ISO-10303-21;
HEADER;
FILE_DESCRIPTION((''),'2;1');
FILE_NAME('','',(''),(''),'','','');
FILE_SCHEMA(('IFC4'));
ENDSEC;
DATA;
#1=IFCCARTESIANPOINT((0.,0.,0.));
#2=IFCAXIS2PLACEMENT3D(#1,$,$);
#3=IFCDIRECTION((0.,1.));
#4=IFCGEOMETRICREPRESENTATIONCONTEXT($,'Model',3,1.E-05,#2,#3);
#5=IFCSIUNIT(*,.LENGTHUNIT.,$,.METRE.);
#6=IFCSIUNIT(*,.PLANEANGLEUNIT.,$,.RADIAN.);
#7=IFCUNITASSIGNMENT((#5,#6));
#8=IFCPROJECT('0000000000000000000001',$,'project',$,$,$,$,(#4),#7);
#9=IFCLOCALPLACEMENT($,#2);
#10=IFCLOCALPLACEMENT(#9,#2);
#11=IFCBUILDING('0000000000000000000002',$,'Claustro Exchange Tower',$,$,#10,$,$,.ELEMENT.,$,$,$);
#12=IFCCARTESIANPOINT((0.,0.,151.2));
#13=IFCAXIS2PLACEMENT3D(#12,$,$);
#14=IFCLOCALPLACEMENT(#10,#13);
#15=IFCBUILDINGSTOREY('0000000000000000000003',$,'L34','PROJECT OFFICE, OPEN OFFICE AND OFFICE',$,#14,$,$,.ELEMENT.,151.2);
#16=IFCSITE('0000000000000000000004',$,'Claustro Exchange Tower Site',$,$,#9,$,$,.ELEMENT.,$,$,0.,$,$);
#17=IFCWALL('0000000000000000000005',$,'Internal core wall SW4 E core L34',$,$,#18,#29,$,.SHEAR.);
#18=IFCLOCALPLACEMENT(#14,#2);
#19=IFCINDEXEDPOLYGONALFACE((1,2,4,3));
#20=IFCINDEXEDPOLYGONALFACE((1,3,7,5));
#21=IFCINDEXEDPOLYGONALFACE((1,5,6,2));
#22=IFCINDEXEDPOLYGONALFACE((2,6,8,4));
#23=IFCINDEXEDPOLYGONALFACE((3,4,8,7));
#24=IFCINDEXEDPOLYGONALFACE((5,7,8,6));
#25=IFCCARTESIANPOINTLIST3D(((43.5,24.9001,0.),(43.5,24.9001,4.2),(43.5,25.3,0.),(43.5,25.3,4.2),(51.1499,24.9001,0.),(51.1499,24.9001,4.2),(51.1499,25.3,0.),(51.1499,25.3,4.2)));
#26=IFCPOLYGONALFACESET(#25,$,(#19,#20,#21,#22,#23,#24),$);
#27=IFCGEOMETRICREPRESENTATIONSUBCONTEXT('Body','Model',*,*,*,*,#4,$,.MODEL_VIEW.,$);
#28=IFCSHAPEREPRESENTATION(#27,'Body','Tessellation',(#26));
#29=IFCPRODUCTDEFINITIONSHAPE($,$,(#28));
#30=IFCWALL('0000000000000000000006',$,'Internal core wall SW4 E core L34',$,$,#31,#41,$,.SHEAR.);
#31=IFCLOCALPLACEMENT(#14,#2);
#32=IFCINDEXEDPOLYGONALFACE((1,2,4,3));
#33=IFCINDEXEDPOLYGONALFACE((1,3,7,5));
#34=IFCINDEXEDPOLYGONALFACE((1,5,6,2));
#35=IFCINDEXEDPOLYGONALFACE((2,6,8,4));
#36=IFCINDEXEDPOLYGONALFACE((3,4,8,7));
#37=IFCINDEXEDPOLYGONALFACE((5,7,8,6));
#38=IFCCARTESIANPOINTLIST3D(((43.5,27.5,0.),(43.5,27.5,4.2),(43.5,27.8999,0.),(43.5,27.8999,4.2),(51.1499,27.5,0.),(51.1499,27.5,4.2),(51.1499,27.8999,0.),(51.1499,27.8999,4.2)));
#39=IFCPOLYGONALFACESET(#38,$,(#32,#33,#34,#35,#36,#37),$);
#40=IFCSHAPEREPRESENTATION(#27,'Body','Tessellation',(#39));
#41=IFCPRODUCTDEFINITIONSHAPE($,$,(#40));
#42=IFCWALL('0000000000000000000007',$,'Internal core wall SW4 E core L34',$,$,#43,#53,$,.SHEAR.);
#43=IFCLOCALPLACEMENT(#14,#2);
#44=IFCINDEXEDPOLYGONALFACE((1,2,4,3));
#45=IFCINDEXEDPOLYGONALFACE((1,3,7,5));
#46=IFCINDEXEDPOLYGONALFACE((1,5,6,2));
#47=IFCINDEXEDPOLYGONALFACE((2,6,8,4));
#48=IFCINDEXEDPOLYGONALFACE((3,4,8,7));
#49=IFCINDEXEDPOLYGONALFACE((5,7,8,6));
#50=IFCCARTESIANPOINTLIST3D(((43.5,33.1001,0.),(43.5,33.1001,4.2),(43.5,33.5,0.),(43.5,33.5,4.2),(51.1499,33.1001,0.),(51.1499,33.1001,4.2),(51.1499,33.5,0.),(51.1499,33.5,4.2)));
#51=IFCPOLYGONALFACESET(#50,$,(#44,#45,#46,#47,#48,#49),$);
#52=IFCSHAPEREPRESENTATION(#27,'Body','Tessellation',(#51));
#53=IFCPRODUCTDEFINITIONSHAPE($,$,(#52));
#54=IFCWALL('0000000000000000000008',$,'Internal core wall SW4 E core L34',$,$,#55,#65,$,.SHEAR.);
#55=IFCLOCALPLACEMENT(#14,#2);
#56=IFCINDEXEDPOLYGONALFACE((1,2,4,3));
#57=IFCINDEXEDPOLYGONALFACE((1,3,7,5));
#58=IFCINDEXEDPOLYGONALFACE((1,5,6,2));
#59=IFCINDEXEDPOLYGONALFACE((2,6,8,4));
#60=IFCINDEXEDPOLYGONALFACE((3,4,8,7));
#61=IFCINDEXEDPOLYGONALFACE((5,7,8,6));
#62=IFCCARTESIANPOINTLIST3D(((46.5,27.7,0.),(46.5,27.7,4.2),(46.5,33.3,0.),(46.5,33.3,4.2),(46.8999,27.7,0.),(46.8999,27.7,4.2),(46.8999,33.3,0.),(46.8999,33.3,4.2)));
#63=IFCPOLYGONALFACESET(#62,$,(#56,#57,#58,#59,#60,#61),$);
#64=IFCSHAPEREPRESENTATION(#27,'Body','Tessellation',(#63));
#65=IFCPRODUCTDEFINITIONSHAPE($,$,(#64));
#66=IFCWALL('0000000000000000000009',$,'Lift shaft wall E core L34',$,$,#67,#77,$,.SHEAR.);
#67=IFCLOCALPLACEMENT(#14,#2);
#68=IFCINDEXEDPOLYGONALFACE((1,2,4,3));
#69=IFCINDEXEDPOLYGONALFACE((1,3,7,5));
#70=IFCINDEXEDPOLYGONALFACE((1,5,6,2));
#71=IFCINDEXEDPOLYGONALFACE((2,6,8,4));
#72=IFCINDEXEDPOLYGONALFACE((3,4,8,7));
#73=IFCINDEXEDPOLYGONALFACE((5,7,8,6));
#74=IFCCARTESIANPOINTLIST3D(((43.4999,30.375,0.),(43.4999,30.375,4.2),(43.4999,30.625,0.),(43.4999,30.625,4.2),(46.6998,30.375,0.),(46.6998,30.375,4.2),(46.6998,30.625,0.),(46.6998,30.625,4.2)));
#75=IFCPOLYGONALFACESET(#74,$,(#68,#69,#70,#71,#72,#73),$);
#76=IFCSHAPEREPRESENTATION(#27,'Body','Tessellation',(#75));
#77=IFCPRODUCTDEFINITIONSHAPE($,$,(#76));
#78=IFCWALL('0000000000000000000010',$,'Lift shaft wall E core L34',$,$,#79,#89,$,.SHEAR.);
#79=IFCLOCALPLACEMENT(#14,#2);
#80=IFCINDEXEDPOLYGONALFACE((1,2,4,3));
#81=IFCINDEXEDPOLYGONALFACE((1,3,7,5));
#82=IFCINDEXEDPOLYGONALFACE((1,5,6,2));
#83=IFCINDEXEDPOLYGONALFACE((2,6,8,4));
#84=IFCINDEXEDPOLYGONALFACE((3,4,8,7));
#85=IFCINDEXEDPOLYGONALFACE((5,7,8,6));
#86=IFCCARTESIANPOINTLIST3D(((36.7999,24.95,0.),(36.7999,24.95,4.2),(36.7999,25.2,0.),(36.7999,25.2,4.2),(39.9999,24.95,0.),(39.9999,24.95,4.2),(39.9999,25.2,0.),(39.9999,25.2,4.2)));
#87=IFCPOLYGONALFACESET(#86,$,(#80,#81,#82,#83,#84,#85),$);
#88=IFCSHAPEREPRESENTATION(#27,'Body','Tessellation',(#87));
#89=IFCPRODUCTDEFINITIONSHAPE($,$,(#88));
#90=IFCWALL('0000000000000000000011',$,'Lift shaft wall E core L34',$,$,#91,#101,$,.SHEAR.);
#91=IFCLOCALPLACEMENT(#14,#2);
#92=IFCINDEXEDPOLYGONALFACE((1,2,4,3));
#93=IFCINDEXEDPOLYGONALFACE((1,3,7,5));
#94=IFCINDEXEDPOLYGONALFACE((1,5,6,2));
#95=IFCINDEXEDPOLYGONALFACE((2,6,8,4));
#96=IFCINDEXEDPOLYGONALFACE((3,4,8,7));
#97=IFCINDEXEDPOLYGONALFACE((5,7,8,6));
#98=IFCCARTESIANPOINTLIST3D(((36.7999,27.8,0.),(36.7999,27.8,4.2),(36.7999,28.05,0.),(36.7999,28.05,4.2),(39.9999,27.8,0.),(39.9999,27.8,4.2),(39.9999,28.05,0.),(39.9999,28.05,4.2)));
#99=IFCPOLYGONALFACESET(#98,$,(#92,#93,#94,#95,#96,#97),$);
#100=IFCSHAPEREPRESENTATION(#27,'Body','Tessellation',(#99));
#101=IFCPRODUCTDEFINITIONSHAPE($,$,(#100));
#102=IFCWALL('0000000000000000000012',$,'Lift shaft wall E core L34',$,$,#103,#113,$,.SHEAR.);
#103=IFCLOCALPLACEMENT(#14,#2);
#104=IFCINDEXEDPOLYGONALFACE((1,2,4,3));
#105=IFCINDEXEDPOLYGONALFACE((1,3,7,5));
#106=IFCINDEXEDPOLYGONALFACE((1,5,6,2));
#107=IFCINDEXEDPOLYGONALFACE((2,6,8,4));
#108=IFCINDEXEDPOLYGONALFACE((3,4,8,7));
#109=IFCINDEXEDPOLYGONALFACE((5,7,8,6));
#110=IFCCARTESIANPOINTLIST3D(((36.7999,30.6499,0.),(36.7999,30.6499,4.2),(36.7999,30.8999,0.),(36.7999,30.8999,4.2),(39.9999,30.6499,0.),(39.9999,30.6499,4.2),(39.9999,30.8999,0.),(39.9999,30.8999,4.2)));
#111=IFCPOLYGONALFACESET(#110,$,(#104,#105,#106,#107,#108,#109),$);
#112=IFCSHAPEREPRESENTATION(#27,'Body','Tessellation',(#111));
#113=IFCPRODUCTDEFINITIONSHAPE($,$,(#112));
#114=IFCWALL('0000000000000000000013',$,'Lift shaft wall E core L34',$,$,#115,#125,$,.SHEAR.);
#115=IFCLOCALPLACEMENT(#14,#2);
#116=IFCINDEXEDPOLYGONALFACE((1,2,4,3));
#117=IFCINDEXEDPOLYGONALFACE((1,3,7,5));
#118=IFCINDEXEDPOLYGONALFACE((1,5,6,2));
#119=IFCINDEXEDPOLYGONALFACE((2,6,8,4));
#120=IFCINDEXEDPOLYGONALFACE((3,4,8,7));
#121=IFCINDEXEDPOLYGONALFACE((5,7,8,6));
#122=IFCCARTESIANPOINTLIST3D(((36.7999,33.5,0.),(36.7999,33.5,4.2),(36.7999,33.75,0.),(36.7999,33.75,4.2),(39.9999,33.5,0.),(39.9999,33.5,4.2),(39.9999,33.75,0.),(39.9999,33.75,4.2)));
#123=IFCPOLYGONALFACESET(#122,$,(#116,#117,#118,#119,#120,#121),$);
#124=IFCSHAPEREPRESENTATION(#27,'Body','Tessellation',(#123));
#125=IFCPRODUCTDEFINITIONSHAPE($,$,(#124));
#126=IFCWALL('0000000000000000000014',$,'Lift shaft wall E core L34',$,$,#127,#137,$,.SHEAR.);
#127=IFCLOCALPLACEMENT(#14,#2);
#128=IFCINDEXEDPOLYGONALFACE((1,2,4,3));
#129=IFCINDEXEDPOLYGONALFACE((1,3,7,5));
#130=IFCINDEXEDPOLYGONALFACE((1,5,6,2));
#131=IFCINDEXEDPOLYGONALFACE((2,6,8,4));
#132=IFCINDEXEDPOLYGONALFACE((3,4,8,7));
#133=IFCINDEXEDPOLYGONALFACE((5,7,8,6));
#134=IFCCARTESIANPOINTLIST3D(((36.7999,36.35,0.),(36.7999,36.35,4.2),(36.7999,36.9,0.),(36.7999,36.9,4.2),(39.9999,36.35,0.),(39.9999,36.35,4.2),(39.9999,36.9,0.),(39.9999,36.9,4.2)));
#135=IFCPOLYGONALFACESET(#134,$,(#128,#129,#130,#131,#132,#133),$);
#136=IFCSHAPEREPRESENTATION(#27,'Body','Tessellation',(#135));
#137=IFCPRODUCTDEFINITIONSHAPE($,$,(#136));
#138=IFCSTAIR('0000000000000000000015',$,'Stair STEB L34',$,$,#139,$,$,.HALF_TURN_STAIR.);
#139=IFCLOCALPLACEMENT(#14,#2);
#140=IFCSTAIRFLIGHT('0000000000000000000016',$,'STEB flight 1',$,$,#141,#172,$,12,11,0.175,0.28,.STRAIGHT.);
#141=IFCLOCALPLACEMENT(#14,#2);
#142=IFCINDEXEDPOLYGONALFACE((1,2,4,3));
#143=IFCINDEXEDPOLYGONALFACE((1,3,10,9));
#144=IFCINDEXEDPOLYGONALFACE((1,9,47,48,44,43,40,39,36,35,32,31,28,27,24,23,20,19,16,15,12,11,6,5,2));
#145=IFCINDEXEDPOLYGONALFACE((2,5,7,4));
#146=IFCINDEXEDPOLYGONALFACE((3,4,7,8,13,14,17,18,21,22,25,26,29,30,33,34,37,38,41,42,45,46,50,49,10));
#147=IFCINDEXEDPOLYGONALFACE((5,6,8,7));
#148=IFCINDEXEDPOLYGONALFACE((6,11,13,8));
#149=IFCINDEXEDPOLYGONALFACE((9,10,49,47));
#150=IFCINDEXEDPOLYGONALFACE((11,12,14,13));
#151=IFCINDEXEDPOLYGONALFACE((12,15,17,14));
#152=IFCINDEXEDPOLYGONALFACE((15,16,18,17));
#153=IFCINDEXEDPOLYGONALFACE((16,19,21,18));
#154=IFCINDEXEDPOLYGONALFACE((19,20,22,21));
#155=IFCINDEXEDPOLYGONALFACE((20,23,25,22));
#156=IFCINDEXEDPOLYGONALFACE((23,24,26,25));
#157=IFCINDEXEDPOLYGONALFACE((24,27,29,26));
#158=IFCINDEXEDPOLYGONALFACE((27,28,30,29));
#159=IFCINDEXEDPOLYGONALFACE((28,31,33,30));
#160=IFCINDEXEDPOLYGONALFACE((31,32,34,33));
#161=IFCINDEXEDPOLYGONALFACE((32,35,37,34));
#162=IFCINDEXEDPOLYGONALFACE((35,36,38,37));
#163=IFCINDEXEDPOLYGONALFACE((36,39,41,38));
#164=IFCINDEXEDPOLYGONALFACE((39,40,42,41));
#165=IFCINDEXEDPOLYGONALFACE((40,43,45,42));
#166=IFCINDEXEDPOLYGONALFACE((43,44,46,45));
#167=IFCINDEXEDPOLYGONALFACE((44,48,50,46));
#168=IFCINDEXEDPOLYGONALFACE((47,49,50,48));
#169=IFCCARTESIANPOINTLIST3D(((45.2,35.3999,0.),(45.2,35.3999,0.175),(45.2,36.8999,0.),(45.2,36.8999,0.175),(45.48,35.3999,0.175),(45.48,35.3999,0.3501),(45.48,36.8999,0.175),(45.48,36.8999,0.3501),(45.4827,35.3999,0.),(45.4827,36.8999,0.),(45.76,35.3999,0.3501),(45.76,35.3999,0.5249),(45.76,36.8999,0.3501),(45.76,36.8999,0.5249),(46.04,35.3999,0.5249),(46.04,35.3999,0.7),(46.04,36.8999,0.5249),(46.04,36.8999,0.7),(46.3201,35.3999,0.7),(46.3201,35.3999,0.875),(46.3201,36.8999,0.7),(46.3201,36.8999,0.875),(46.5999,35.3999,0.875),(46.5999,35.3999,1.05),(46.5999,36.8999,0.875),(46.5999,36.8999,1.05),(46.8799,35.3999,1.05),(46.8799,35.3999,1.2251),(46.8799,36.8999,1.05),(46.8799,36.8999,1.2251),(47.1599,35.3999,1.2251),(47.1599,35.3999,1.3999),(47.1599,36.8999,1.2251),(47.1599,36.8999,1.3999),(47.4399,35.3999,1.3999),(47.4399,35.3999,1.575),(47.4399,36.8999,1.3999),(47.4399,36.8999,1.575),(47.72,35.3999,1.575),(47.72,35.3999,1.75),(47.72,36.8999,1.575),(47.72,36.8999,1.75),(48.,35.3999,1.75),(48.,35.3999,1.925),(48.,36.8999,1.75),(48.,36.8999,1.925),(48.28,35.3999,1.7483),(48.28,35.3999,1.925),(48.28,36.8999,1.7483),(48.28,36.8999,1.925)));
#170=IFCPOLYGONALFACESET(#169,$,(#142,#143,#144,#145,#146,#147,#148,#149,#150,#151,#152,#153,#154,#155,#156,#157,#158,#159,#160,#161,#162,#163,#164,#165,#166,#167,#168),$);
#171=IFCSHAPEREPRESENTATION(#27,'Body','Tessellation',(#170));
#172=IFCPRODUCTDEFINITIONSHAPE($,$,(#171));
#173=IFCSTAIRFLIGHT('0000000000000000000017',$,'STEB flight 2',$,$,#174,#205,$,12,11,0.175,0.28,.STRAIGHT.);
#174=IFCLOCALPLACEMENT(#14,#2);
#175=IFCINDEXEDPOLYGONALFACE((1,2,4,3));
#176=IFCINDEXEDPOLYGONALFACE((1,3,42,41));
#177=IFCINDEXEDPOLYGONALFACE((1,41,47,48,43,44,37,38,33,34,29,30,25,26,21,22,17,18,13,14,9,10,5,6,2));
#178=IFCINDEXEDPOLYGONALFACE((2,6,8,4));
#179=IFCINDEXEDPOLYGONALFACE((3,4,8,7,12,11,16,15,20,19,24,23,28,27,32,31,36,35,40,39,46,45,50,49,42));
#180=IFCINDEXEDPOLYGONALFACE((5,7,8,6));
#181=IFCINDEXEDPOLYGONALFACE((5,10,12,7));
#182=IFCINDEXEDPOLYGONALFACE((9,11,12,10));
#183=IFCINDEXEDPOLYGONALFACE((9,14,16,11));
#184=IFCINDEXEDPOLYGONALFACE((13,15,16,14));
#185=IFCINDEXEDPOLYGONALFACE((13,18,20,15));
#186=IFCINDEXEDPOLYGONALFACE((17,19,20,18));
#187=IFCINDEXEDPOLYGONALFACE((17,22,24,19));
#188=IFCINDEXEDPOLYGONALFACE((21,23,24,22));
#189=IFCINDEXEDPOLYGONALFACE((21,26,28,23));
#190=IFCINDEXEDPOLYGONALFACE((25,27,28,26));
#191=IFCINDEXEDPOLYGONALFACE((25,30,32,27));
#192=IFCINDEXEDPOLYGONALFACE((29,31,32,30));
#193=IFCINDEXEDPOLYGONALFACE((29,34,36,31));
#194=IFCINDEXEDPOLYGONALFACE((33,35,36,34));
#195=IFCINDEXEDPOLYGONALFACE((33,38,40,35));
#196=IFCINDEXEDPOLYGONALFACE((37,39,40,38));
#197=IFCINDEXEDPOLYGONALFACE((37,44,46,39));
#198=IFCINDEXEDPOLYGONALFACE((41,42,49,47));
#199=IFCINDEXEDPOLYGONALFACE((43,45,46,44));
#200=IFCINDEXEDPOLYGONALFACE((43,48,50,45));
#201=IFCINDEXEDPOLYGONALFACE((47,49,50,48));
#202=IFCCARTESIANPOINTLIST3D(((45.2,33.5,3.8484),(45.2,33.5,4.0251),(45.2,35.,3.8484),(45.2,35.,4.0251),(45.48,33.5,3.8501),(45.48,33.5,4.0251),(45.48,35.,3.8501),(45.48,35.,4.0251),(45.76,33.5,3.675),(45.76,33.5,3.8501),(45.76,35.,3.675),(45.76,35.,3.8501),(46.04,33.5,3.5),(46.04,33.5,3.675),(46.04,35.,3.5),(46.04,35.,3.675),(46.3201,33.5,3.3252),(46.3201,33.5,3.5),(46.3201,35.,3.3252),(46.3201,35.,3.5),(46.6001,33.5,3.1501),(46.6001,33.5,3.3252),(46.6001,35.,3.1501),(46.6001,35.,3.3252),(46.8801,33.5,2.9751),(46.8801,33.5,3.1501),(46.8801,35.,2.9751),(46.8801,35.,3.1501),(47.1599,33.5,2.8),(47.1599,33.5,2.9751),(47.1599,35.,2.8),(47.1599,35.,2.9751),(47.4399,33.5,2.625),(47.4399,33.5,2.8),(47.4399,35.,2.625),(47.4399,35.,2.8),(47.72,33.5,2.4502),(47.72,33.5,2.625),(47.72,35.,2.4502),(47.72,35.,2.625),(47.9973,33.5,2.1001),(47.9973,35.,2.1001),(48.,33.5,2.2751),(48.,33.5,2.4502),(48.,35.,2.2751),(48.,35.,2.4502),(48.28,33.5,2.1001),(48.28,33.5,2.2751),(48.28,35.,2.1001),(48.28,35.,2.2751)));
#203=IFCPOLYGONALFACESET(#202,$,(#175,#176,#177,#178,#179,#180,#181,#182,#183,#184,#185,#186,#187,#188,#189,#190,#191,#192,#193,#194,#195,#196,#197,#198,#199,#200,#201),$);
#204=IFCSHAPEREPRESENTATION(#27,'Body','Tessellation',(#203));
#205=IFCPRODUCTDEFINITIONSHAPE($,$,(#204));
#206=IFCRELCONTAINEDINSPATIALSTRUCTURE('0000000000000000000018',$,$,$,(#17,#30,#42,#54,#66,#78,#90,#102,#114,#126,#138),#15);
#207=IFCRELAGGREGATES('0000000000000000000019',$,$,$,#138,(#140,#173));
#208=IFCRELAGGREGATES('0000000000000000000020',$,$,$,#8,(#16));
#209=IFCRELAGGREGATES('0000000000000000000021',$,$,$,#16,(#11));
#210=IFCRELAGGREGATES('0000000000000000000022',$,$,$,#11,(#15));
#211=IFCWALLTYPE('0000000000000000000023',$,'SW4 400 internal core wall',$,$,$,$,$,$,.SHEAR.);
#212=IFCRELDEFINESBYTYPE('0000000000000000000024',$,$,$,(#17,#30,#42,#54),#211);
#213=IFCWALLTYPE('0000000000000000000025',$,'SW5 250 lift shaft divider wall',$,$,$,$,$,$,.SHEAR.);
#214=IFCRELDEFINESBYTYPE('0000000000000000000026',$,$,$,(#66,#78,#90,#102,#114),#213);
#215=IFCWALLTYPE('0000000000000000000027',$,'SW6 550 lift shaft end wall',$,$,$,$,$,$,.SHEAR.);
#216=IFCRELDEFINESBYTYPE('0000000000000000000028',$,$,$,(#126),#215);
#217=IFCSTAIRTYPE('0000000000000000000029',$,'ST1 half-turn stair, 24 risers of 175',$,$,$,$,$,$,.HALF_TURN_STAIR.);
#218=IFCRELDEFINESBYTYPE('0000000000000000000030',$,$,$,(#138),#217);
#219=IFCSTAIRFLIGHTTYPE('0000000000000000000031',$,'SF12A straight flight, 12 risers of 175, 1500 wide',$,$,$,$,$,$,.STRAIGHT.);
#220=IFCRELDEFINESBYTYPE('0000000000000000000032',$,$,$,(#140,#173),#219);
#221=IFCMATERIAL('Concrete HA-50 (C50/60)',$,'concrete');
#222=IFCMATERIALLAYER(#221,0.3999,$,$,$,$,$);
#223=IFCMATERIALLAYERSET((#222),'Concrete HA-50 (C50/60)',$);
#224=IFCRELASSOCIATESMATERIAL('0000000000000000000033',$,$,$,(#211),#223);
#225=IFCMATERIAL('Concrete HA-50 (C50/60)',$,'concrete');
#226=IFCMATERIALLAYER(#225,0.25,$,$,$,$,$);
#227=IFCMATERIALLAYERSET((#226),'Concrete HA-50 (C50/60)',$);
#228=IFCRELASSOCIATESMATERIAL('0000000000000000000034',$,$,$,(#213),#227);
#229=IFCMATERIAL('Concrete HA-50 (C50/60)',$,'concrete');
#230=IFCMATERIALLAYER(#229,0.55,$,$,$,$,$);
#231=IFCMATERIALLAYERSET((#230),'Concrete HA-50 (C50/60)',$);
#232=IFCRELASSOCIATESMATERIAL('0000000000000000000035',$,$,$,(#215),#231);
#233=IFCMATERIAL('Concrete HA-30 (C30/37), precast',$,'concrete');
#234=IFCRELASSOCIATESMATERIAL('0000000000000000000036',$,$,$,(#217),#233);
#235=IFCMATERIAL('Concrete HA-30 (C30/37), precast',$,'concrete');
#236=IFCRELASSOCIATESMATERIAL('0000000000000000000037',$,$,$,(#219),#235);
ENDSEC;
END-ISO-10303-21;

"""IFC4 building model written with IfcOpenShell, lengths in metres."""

from ifc_helpers import new_model, si_unit, direction, frame, frame_2d, origin, place, context, subcontext, project, spatial, polyline, rectangle, outline, extrude, material, layer, layer_set, type_object, element, aggregate, save


model = new_model("IFC4")

# Units and contexts
model_context = context("Model", 3, precision=1e-05, world=origin(), true_north=direction((0.0, 1.0)))
body_context = subcontext(model_context, "Body", "Model", "MODEL_VIEW")
ifc_project = project(units=[si_unit("LENGTHUNIT", "METRE"), si_unit("PLANEANGLEUNIT", "RADIAN")], contexts=[model_context])

# Site, building, storey
site_placement = place(None, origin())
site = spatial("IfcSite", under=ifc_project, at=site_placement, Name="Claustro Exchange Tower Site", CompositionType="ELEMENT", RefElevation=0.0)
building_placement = place(site_placement, origin())
building = spatial("IfcBuilding", under=site, at=building_placement, Name="Claustro Exchange Tower", CompositionType="ELEMENT")
storey_placement = place(building_placement, frame((0.0, 0.0, 151.2)))
storey = spatial("IfcBuildingStorey", under=building, at=storey_placement, Name="L34", Description="PROJECT OFFICE, OPEN OFFICE AND OFFICE", CompositionType="ELEMENT", Elevation=151.2)

# Walls
ifc_material_1 = material(Name="Concrete HA-50 (C50/60)", Category="concrete")
ifc_layer_1 = layer(ifc_material_1, 0.3999)
ifc_layer_set_1 = layer_set([ifc_layer_1], Name="Concrete HA-50 (C50/60)")
wall_type_1 = type_object("IfcWallType", Name="SW4 400 internal core wall", PredefinedType="SHEAR", material=ifc_layer_set_1)
for number, where, z_axis, x_axis, name in (
    (1, (51.1499, 25.1001, 0.0), (0.0, 0.0, 1.0), (-1.0, 0.0, 0.0), "Internal core wall SW4 E core L34"),
    (2, (51.1499, 27.7, 0.0), (0.0, 0.0, 1.0), (-1.0, 0.0, 0.0), "Internal core wall SW4 E core L34"),
    (3, (51.1499, 33.3, 0.0), (0.0, 0.0, 1.0), (-1.0, 0.0, 0.0), "Internal core wall SW4 E core L34"),
):
    element("IfcWall", number, at=place(storey_placement, frame(where, z_axis=z_axis, x_axis=x_axis)), inside=storey, type_object=wall_type_1, Name=name, PredefinedType="SHEAR", context=body_context, shape_type="SweptSolid", body=[
        extrude(rectangle(XDim=7.6499, YDim=0.3999, at=frame_2d((3.825, 0.0))), origin(), (0.0, 0.0, 1.0), 4.2),
    ])
wall_1_placement = place(storey_placement, frame((46.7, 27.7, 0.0), z_axis=(0.0, 0.0, 1.0), x_axis=(0.0, 1.0, 0.0)))
element("IfcWall", 4, at=wall_1_placement, inside=storey, type_object=wall_type_1, Name="Internal core wall SW4 E core L34", PredefinedType="SHEAR", context=body_context, shape_type="SweptSolid", body=[
    extrude(rectangle(XDim=5.6001, YDim=0.3999, at=frame_2d((2.8, 0.0))), origin(), (0.0, 0.0, 1.0), 4.2),
])
ifc_material_2 = material(Name="Concrete HA-50 (C50/60)", Category="concrete")
ifc_layer_2 = layer(ifc_material_2, 0.25)
ifc_layer_set_2 = layer_set([ifc_layer_2], Name="Concrete HA-50 (C50/60)")
wall_type_2 = type_object("IfcWallType", Name="SW5 250 lift shaft divider wall", PredefinedType="SHEAR", material=ifc_layer_set_2)
for number, where, z_axis, x_axis, name in (
    (5, (46.7, 30.5, 0.0), (0.0, 0.0, 1.0), (-1.0, 0.0, 0.0), "Lift shaft wall E core L34"),
    (6, (40.0, 25.075, 0.0), (0.0, 0.0, 1.0), (-1.0, 0.0, 0.0), "Lift shaft wall E core L34"),
    (7, (40.0, 27.925, 0.0), (0.0, 0.0, 1.0), (-1.0, 0.0, 0.0), "Lift shaft wall E core L34"),
    (8, (40.0, 30.7749, 0.0), (0.0, 0.0, 1.0), (-1.0, 0.0, 0.0), "Lift shaft wall E core L34"),
    (9, (40.0, 33.625, 0.0), (0.0, 0.0, 1.0), (-1.0, 0.0, 0.0), "Lift shaft wall E core L34"),
):
    element("IfcWall", number, at=place(storey_placement, frame(where, z_axis=z_axis, x_axis=x_axis)), inside=storey, type_object=wall_type_2, Name=name, PredefinedType="SHEAR", context=body_context, shape_type="SweptSolid", body=[
        extrude(rectangle(XDim=3.2, YDim=0.25, at=frame_2d((1.6001, 0.0))), origin(), (0.0, 0.0, 1.0), 4.2),
    ])
ifc_material_3 = material(Name="Concrete HA-50 (C50/60)", Category="concrete")
ifc_layer_3 = layer(ifc_material_3, 0.55)
ifc_layer_set_3 = layer_set([ifc_layer_3], Name="Concrete HA-50 (C50/60)")
wall_type_3 = type_object("IfcWallType", Name="SW6 550 lift shaft end wall", PredefinedType="SHEAR", material=ifc_layer_set_3)
wall_2_placement = place(storey_placement, frame((40.0, 36.625, 0.0), z_axis=(0.0, 0.0, 1.0), x_axis=(-1.0, 0.0, 0.0)))
element("IfcWall", 10, at=wall_2_placement, inside=storey, type_object=wall_type_3, Name="Lift shaft wall E core L34", PredefinedType="SHEAR", context=body_context, shape_type="SweptSolid", body=[
    extrude(rectangle(XDim=3.2, YDim=0.55, at=frame_2d((1.6001, 0.0))), origin(), (0.0, 0.0, 1.0), 4.2),
])

# Stair, stair flights
ifc_material_4 = material(Name="Concrete HA-30 (C30/37), precast", Category="concrete")
stair_type = type_object("IfcStairType", Name="ST1 half-turn stair, 24 risers of 175", PredefinedType="HALF_TURN_STAIR", material=ifc_material_4)
stair_placement = place(storey_placement, origin())
stair = element("IfcStair", 11, at=stair_placement, inside=storey, type_object=stair_type, Name="Stair STEB L34", PredefinedType="HALF_TURN_STAIR")
ifc_material_5 = material(Name="Concrete HA-30 (C30/37), precast", Category="concrete")
stair_flight_type = type_object("IfcStairFlightType", Name="SF12A straight flight, 12 risers of 175, 1500 wide", PredefinedType="STRAIGHT", material=ifc_material_5)
stair_flight_1_placement = place(storey_placement, frame((45.2, 36.1499, 0.0), z_axis=(0.0, 0.0, 1.0), x_axis=(1.0, 0.0, 0.0)))
stair_flight_1 = element("IfcStairFlight", 12, at=stair_flight_1_placement, type_object=stair_flight_type, Name="STEB flight 1", NumberOfRisers=12, NumberOfTreads=11, PredefinedType="STRAIGHT", RiserHeight=0.175, TreadLength=0.28, context=body_context, shape_type="SweptSolid", body=[
    extrude(outline(polyline([(0.0, 0.0), (0.0, 0.175), (0.28, 0.175), (0.28, 0.3501), (0.5601, 0.3501), (0.5601, 0.5249), (0.8401, 0.5249), (0.8401, 0.7), (1.1201, 0.7), (1.1201, 0.875), (1.3999, 0.875), (1.3999, 1.05), (1.6799, 1.05), (1.6799, 1.2251), (1.96, 1.2251), (1.96, 1.3999), (2.24, 1.3999), (2.24, 1.575), (2.52, 1.575), (2.52, 1.75), (2.8, 1.75), (2.8, 1.925), (3.0801, 1.925), (3.0801, 2.1001), (3.0801, 1.7483), (0.2827, 0.0), (0.0, 0.0)])), frame((0.0, 0.75, 0.0), z_axis=(0.0, -1.0, 0.0), x_axis=(1.0, 0.0, 0.0)), (0.0, 0.0, 1.0), 1.5),
])
stair_flight_2_placement = place(storey_placement, frame((48.28, 34.25, 2.1001), z_axis=(0.0, 0.0, 1.0), x_axis=(-1.0, 0.0, 0.0)))
stair_flight_2 = element("IfcStairFlight", 13, at=stair_flight_2_placement, type_object=stair_flight_type, Name="STEB flight 2", NumberOfRisers=12, NumberOfTreads=11, PredefinedType="STRAIGHT", RiserHeight=0.175, TreadLength=0.28, context=body_context, shape_type="SweptSolid", body=[
    extrude(outline(polyline([(0.0, 0.0), (0.0, 0.175), (0.28, 0.175), (0.28, 0.3501), (0.5601, 0.3501), (0.5601, 0.5249), (0.8401, 0.5249), (0.8401, 0.7), (1.1201, 0.7), (1.1201, 0.875), (1.3999, 0.875), (1.3999, 1.05), (1.6799, 1.05), (1.6799, 1.2251), (1.96, 1.2251), (1.96, 1.3999), (2.24, 1.3999), (2.24, 1.575), (2.52, 1.575), (2.52, 1.75), (2.8, 1.75), (2.8, 1.925), (3.0801, 1.925), (3.0801, 2.1001), (3.0801, 1.7483), (0.2827, 0.0), (0.0, 0.0)])), frame((0.0, 0.75, 0.0), z_axis=(0.0, -1.0, 0.0), x_axis=(1.0, 0.0, 0.0)), (0.0, 0.0, 1.0), 1.5),
])
aggregate(stair, [stair_flight_1, stair_flight_2])

save(model, "model.ifc")
